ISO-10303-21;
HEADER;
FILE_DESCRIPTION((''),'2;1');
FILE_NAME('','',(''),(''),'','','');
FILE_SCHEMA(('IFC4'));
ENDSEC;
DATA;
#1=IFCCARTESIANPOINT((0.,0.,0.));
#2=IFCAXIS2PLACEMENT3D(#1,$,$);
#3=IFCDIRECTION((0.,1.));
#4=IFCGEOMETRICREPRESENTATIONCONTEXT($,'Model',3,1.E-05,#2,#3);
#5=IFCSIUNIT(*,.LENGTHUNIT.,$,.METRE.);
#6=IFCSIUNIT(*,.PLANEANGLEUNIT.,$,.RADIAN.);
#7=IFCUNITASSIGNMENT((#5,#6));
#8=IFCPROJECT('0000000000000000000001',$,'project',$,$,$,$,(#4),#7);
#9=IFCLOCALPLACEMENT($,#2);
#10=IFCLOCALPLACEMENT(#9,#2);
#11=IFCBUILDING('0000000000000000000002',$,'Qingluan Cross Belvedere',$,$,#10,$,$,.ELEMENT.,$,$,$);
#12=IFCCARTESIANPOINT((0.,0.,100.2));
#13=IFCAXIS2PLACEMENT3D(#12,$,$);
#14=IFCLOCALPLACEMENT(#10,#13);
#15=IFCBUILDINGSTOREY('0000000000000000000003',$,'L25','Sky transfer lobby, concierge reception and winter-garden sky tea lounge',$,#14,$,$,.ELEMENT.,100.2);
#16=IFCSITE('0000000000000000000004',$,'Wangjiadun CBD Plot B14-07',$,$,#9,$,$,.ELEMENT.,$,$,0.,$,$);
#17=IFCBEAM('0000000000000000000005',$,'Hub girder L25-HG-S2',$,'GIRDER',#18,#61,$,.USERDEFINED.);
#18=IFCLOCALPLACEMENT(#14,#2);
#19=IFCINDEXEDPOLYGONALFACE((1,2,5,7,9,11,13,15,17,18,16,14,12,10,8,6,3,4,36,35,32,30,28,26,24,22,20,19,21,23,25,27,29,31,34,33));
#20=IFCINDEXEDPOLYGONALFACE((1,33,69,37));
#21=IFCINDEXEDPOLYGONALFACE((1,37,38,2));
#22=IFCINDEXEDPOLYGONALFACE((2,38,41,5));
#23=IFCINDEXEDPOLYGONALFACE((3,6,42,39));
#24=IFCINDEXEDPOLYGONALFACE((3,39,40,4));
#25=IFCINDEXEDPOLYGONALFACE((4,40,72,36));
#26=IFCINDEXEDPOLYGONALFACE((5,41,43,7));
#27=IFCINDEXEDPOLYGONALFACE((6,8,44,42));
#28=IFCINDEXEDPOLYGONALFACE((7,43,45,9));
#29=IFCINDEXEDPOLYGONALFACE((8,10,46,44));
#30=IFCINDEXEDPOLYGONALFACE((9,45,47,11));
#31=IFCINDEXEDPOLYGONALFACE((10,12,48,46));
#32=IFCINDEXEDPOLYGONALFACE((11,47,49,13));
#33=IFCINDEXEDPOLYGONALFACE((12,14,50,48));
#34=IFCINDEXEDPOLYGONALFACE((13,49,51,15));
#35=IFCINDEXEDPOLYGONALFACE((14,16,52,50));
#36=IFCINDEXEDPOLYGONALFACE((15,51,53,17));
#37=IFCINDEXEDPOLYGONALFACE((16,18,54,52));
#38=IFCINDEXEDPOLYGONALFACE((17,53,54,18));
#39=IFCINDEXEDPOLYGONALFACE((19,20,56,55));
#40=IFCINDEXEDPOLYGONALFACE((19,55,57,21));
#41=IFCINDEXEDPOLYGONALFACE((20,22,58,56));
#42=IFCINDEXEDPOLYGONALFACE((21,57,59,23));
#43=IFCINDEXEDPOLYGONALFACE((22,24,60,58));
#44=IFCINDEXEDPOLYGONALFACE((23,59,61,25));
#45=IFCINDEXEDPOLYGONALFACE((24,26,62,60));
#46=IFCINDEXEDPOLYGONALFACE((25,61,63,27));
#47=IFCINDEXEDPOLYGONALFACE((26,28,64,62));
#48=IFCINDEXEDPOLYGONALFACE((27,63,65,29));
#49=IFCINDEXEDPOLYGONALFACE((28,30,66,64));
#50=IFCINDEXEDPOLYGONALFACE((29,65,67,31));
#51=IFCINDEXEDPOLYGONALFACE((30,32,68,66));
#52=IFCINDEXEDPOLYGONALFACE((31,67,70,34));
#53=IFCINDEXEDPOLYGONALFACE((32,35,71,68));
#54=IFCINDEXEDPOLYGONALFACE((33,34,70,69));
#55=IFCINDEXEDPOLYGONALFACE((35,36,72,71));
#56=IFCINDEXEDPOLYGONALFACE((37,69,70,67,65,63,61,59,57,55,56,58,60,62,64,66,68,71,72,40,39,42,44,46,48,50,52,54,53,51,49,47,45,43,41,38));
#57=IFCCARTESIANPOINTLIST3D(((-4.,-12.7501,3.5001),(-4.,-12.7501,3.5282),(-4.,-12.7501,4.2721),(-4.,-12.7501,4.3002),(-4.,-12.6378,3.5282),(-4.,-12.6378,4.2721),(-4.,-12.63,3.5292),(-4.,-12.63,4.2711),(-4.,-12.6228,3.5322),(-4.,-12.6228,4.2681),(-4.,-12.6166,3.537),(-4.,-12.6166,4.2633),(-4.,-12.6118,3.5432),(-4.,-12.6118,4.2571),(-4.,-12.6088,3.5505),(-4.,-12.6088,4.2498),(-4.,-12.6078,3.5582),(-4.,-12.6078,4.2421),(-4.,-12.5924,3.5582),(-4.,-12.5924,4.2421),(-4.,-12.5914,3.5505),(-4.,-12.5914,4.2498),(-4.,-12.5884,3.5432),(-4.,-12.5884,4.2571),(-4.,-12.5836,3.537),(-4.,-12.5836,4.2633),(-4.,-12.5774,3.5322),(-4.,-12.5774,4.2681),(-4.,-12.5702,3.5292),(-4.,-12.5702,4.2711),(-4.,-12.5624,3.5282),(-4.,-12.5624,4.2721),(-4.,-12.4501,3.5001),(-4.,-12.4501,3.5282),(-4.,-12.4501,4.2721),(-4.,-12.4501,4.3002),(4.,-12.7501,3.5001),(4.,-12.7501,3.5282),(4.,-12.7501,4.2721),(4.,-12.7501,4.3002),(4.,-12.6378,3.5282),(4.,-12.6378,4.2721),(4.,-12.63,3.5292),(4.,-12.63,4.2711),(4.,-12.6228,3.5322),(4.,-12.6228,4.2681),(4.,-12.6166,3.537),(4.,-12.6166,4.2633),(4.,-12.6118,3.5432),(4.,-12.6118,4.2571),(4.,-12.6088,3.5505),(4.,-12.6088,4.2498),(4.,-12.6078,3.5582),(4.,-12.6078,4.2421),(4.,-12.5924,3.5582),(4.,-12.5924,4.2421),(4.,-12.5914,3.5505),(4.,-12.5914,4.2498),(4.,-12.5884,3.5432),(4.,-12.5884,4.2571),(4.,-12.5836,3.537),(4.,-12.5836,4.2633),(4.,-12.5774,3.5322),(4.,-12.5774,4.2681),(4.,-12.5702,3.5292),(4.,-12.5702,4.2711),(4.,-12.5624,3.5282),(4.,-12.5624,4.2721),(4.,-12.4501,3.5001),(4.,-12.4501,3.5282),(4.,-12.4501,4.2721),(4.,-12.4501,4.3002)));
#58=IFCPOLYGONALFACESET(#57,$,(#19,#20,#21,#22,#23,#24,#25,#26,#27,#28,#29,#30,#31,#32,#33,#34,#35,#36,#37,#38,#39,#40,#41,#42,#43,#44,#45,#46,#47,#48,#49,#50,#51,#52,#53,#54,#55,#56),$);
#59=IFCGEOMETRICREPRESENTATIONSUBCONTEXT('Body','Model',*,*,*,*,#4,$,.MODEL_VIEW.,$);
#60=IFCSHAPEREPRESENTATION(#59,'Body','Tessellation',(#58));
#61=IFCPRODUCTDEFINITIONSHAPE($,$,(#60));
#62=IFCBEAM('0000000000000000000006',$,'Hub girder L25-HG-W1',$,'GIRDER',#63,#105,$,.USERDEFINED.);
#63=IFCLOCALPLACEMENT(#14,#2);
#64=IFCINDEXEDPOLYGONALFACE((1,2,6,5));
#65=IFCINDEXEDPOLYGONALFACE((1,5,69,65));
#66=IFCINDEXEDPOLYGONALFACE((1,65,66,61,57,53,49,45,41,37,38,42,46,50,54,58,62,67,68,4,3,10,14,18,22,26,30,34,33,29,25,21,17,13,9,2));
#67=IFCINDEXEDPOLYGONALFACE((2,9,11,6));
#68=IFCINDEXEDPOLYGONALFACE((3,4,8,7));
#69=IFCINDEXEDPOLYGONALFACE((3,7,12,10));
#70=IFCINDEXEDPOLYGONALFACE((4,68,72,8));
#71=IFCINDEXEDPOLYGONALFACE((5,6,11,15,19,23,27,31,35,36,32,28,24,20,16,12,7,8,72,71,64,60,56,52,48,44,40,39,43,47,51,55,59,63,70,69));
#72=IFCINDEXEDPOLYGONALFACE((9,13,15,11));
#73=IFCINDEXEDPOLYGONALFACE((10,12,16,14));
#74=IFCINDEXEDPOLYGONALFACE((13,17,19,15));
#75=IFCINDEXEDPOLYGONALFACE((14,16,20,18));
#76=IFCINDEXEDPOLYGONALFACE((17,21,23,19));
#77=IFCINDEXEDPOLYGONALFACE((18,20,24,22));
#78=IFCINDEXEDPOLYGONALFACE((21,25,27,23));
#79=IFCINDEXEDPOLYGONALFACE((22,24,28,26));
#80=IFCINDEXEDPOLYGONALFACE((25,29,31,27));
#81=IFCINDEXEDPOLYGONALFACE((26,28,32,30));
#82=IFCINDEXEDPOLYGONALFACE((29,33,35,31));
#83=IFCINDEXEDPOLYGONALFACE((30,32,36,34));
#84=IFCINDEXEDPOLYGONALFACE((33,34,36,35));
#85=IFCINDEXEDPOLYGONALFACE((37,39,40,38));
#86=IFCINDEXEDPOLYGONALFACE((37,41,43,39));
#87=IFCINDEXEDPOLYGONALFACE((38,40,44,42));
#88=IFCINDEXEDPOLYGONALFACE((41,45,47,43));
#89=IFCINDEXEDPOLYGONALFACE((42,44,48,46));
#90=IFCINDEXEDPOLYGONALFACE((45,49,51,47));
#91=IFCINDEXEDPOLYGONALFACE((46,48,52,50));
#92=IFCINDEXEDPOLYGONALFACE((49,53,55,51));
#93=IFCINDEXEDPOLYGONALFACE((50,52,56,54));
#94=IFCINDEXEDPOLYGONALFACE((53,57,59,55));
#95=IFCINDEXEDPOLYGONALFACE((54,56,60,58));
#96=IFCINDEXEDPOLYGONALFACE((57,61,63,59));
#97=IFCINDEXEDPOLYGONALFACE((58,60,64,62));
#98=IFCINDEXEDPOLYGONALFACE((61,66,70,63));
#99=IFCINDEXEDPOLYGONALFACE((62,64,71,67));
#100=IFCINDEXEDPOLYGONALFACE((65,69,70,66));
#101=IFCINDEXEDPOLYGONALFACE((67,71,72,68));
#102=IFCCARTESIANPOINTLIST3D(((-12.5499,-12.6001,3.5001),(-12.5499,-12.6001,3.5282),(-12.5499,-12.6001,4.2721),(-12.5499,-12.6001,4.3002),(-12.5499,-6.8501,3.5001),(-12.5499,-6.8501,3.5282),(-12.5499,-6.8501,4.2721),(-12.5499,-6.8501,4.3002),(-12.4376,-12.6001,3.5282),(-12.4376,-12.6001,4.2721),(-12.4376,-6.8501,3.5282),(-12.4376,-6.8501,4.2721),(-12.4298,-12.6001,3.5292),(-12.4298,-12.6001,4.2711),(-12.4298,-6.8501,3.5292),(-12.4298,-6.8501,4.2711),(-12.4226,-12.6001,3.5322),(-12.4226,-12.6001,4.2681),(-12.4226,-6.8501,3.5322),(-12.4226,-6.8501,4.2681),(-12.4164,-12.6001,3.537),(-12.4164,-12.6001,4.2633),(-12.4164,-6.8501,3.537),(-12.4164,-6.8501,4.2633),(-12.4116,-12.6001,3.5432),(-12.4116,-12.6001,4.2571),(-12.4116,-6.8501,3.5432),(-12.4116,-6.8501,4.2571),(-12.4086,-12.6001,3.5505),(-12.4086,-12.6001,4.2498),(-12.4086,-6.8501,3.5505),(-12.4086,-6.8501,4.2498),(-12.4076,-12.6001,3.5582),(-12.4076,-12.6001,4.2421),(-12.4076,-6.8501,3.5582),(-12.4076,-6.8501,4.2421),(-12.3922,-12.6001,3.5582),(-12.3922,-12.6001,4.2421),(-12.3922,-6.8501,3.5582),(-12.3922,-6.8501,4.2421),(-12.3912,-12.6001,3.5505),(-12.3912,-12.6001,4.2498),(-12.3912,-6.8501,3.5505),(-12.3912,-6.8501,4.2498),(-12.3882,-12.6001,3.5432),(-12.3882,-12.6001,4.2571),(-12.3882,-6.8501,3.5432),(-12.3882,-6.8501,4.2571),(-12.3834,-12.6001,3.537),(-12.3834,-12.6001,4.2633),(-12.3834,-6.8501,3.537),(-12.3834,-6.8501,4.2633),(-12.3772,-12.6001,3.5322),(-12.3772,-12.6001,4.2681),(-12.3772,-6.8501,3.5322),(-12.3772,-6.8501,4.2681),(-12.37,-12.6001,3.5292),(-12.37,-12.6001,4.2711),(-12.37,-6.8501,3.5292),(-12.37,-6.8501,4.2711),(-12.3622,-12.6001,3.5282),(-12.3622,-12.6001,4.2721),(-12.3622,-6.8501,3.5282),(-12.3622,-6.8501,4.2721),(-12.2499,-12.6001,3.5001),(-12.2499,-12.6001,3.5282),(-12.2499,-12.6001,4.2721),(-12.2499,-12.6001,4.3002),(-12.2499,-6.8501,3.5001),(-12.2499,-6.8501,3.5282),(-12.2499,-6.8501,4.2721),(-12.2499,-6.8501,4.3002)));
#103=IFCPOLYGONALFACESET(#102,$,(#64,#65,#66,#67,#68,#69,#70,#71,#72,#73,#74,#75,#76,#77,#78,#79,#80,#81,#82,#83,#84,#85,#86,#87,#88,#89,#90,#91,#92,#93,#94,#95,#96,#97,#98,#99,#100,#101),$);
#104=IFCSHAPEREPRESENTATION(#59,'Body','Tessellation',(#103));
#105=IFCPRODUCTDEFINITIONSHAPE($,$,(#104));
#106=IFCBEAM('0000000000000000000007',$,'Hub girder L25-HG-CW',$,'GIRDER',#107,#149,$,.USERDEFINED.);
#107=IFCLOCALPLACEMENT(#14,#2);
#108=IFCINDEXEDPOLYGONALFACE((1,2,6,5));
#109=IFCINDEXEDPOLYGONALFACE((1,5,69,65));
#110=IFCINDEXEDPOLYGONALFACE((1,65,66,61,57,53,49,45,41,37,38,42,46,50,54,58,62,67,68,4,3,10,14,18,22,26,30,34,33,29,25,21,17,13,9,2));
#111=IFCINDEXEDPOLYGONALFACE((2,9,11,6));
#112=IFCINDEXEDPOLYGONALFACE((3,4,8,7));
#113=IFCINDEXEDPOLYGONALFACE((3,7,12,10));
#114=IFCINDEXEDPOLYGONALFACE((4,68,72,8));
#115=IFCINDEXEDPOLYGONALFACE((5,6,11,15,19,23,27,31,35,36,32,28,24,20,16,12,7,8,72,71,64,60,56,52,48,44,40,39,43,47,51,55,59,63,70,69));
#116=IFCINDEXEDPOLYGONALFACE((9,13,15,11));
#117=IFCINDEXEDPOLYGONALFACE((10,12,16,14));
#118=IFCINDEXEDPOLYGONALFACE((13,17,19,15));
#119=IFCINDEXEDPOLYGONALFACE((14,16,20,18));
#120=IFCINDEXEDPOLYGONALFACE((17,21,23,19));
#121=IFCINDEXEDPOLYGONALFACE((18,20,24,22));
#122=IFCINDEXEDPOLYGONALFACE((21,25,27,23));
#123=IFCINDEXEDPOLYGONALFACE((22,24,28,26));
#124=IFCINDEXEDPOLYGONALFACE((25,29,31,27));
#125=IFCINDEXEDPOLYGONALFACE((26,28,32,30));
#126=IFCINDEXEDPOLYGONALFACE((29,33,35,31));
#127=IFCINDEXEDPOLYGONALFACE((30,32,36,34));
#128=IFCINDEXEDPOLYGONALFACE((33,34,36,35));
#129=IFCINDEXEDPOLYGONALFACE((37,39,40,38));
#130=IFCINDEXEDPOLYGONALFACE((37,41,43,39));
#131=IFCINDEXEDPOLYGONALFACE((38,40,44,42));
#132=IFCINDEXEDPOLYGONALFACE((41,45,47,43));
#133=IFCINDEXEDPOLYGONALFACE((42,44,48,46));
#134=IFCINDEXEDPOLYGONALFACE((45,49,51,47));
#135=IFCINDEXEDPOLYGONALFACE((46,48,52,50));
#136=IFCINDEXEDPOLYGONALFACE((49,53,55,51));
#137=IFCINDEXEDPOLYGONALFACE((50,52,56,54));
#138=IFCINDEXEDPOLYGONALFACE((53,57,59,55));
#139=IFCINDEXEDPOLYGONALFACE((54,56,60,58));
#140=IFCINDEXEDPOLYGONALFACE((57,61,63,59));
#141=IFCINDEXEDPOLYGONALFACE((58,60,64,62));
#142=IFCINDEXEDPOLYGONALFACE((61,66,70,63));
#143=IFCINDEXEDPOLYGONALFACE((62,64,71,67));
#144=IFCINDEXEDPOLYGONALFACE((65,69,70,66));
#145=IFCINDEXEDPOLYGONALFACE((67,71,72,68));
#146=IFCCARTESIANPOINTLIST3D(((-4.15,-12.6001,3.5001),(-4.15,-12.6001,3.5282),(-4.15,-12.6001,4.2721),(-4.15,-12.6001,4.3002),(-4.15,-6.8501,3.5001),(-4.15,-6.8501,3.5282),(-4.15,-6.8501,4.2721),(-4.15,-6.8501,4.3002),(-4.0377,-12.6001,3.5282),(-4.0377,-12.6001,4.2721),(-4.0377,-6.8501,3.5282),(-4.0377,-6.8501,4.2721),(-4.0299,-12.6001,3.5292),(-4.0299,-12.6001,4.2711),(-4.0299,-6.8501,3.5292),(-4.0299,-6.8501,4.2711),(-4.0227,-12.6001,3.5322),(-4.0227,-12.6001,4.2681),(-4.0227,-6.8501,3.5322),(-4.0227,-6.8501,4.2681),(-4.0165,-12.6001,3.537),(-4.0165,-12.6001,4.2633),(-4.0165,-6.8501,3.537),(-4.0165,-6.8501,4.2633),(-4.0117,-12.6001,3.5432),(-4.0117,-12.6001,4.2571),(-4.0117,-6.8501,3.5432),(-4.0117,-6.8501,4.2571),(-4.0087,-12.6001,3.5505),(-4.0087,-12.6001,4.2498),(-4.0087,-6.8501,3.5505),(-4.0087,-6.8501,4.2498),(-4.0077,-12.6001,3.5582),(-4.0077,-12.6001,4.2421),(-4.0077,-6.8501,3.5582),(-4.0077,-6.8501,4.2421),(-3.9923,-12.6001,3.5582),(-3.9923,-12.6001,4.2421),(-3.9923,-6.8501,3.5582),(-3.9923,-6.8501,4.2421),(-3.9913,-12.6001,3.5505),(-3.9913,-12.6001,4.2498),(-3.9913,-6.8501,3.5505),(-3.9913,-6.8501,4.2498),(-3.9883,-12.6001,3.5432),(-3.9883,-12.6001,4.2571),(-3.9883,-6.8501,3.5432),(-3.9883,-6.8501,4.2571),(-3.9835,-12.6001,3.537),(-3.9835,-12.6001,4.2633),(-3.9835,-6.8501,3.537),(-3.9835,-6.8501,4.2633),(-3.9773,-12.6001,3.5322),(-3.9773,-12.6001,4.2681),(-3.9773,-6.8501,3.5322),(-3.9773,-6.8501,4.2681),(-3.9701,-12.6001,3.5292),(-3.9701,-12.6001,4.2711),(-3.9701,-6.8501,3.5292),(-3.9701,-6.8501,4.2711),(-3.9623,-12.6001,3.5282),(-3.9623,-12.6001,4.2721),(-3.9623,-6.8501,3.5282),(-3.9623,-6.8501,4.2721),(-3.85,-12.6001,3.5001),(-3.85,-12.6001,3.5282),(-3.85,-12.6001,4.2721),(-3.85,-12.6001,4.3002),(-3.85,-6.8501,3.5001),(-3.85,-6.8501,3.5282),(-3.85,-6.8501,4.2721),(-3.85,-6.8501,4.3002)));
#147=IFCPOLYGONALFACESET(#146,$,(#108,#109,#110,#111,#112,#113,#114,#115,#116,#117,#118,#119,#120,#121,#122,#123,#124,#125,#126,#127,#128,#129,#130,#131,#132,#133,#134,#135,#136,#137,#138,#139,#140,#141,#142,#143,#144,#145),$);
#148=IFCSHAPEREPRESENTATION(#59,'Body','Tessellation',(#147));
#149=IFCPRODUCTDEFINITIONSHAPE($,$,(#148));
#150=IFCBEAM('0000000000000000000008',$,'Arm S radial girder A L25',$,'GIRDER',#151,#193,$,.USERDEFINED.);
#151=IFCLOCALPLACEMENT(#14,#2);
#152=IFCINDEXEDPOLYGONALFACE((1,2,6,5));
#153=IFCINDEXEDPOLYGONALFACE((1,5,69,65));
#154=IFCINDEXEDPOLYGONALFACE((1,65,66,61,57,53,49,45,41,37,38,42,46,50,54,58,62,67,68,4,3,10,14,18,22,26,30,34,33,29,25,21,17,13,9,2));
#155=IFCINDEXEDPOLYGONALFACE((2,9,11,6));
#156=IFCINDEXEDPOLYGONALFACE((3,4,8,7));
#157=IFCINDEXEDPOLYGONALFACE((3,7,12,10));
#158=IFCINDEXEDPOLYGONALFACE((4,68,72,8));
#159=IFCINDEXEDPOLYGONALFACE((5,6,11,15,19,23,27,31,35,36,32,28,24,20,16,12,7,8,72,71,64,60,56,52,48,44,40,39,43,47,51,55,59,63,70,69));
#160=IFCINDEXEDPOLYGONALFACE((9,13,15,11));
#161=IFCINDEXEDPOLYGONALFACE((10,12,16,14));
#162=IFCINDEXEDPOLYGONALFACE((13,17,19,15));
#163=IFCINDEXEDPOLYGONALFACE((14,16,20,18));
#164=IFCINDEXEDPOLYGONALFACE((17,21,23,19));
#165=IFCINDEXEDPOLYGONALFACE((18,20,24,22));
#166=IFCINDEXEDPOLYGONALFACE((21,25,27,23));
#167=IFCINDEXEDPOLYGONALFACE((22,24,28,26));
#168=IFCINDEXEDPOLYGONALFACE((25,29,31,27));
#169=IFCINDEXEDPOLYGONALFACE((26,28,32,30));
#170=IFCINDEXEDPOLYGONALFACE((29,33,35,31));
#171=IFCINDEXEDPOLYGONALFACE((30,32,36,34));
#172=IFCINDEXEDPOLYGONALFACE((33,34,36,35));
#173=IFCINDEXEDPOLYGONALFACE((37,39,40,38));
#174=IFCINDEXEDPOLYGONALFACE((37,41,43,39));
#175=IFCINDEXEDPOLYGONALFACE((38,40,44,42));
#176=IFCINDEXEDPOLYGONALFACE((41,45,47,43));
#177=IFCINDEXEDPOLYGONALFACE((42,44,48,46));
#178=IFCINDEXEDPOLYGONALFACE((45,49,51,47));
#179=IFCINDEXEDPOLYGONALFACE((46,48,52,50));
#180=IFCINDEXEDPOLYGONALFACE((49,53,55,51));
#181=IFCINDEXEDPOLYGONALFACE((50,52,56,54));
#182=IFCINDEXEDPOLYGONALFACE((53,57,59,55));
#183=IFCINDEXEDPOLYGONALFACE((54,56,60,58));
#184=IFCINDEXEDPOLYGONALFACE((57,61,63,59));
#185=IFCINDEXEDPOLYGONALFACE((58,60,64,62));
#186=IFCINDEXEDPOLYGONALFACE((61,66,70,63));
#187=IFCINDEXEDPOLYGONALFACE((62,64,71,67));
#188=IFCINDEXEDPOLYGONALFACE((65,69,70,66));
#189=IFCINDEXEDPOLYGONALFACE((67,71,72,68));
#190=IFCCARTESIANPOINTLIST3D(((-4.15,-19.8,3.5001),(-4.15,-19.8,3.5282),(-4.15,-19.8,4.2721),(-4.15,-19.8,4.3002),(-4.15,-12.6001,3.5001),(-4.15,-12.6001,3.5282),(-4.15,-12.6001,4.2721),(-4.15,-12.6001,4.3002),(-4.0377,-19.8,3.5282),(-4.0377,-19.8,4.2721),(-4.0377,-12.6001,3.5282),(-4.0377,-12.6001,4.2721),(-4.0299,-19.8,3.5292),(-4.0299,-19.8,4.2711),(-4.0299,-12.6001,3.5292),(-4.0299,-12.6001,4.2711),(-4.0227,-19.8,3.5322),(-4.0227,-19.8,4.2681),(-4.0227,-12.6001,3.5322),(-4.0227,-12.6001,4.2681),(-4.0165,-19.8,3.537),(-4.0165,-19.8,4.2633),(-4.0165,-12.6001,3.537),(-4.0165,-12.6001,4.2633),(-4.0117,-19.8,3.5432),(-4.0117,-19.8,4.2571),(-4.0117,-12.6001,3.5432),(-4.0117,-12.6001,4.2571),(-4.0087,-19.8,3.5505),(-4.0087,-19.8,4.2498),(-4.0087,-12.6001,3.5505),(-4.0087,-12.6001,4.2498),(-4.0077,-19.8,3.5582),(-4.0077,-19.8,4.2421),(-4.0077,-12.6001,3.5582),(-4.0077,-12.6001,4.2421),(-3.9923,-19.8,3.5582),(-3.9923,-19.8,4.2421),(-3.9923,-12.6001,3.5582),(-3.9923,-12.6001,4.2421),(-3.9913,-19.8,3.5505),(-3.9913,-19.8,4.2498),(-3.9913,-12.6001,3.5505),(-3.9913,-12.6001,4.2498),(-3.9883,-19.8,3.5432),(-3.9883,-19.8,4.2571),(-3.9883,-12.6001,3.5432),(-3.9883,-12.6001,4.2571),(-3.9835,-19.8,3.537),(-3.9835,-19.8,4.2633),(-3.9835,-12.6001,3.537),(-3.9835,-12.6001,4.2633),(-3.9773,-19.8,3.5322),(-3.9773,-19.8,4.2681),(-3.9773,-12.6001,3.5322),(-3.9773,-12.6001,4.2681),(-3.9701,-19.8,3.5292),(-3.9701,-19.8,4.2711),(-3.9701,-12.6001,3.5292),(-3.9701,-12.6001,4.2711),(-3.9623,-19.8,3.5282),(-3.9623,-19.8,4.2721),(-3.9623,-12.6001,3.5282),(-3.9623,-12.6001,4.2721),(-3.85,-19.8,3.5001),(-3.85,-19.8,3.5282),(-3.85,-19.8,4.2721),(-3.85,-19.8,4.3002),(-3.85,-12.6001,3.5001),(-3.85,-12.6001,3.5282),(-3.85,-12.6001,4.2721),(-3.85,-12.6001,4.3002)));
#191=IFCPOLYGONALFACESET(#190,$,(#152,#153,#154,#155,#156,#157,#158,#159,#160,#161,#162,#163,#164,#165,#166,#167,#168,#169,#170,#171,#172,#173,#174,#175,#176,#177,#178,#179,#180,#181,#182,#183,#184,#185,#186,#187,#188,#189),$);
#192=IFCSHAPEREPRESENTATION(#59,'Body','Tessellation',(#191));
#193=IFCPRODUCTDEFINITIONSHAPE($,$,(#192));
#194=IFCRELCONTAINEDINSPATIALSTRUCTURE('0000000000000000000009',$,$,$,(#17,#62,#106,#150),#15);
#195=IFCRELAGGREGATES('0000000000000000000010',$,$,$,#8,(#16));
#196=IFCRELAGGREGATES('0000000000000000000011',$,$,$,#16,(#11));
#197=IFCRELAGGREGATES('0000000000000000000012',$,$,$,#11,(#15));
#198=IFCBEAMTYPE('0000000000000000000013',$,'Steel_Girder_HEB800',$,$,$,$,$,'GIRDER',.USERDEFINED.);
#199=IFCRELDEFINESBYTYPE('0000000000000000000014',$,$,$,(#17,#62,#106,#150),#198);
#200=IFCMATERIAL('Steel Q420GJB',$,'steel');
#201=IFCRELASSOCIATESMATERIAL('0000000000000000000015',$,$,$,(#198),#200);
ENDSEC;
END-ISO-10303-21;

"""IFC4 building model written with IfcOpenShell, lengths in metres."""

from ifc_helpers import new_model, si_unit, direction, frame, origin, origin_2d, place, context, subcontext, project, spatial, i_section, extrude, material, material_profile, profile_set, type_object, element, save


model = new_model("IFC4")

# Units and contexts
model_context = context("Model", 3, precision=1e-05, world=origin(), true_north=direction((0.0, 1.0)))
body_context = subcontext(model_context, "Body", "Model", "MODEL_VIEW")
ifc_project = project(units=[si_unit("LENGTHUNIT", "METRE"), si_unit("PLANEANGLEUNIT", "RADIAN")], contexts=[model_context])

# Site, building, storey
site_placement = place(None, origin())
site = spatial("IfcSite", under=ifc_project, at=site_placement, Name="Wangjiadun CBD Plot B14-07", CompositionType="ELEMENT", RefElevation=0.0)
building_placement = place(site_placement, origin())
building = spatial("IfcBuilding", under=site, at=building_placement, Name="Qingluan Cross Belvedere", CompositionType="ELEMENT")
storey_placement = place(building_placement, frame((0.0, 0.0, 100.2)))
storey = spatial("IfcBuildingStorey", under=building, at=storey_placement, Name="L25", Description="Sky transfer lobby, concierge reception and winter-garden sky tea lounge", CompositionType="ELEMENT", Elevation=100.2)

# Beams
ifc_material_1 = material(Name="Steel Q420GJB", Category="steel")
ifc_material_profile_1 = material_profile(ifc_material_1, i_section(OverallWidth=0.3, OverallDepth=0.8, WebThickness=0.0154, FlangeThickness=0.0281, FilletRadius=0.03, at=origin_2d()), Name="HEB800")
ifc_profile_set_1 = profile_set([ifc_material_profile_1], Name="Steel Q420GJB")
beam_type_1 = type_object("IfcBeamType", Name="Steel_Girder_HEB800", ElementType="GIRDER", PredefinedType="USERDEFINED", material=ifc_profile_set_1)
beam_1_placement = place(storey_placement, frame((-4.0, -12.6001, 3.9001), z_axis=(1.0, 0.0, 0.0), x_axis=(0.0, 1.0, 0.0)))
element("IfcBeam", 1, at=beam_1_placement, inside=storey, type_object=beam_type_1, Name="Hub girder L25-HG-S2", ObjectType="GIRDER", PredefinedType="USERDEFINED", context=body_context, shape_type="SweptSolid", body=[
    extrude(i_section(OverallWidth=0.3, OverallDepth=0.8, WebThickness=0.0154, FlangeThickness=0.0281, FilletRadius=0.03, at=origin_2d()), origin(), (0.0, 0.0, 1.0), 8.0),
])
for number, where, z_axis, x_axis, name in (
    (2, (-12.3999, -12.6001, 3.9001), (0.0, 1.0, 0.0), (-1.0, 0.0, 0.0), "Hub girder L25-HG-W1"),
    (3, (-4.0, -12.6001, 3.9001), (0.0, 1.0, 0.0), (-1.0, 0.0, 0.0), "Hub girder L25-HG-CW"),
):
    element("IfcBeam", number, at=place(storey_placement, frame(where, z_axis=z_axis, x_axis=x_axis)), inside=storey, type_object=beam_type_1, Name=name, ObjectType="GIRDER", PredefinedType="USERDEFINED", context=body_context, shape_type="SweptSolid", body=[
        extrude(i_section(OverallWidth=0.3, OverallDepth=0.8, WebThickness=0.0154, FlangeThickness=0.0281, FilletRadius=0.03, at=origin_2d()), origin(), (0.0, 0.0, 1.0), 5.75),
    ])
beam_2_placement = place(storey_placement, frame((-4.0, -12.6001, 3.9001), z_axis=(0.0, -1.0, 0.0), x_axis=(1.0, 0.0, 0.0)))
element("IfcBeam", 4, at=beam_2_placement, inside=storey, type_object=beam_type_1, Name="Arm S radial girder A L25", ObjectType="GIRDER", PredefinedType="USERDEFINED", context=body_context, shape_type="SweptSolid", body=[
    extrude(i_section(OverallWidth=0.3, OverallDepth=0.8, WebThickness=0.0154, FlangeThickness=0.0281, FilletRadius=0.03, at=origin_2d()), origin(), (0.0, 0.0, 1.0), 7.2),
])

save(model, "model.ifc")
